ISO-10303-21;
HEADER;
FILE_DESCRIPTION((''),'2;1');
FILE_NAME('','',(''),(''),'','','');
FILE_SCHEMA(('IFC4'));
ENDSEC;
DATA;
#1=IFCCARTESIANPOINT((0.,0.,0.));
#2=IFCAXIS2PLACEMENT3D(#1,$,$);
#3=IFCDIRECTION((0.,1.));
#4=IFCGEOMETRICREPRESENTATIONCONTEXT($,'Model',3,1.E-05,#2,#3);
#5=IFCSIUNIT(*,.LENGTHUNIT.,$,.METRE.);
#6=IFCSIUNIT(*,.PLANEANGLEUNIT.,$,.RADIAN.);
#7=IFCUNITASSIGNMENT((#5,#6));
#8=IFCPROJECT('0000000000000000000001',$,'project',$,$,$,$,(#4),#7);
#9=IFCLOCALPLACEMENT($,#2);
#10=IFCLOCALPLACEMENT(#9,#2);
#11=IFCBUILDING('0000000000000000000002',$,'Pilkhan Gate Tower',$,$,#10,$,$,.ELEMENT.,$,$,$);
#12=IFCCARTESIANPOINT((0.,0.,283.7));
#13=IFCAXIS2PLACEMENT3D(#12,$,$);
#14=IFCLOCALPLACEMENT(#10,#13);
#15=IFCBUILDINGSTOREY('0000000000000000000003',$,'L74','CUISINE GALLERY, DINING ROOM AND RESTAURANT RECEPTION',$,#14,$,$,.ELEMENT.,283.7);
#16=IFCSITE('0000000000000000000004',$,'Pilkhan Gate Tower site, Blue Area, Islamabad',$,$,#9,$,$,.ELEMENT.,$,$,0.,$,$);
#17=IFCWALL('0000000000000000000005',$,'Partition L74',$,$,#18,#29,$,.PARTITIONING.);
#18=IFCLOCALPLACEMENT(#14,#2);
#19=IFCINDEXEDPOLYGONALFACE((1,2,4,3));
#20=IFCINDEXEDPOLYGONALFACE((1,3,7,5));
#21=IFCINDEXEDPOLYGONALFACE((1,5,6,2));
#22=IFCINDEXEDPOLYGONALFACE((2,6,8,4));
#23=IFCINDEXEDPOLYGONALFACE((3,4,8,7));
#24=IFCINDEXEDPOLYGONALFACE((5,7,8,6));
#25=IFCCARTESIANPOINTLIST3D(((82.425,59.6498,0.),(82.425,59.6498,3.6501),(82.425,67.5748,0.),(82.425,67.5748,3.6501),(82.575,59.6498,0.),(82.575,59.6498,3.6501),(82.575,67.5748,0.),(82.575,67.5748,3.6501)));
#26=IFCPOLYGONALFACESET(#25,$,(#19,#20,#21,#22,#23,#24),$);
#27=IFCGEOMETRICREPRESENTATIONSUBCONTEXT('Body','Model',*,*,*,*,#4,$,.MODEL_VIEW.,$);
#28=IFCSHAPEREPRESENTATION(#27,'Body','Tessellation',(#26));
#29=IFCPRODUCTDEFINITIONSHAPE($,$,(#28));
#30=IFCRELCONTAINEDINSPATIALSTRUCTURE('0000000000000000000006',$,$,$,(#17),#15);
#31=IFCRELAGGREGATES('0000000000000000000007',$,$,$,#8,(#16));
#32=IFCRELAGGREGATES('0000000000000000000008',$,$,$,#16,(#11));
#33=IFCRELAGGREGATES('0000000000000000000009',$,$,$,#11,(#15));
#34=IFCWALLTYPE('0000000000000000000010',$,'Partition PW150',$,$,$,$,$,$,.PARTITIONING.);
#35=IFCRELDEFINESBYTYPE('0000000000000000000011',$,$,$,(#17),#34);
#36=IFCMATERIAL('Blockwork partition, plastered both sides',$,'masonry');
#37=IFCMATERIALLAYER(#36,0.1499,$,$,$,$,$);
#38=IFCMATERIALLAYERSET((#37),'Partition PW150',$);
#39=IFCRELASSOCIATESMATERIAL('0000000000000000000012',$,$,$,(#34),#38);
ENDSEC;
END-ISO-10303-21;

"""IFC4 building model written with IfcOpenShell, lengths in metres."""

from ifc_helpers import new_model, si_unit, direction, frame, frame_2d, origin, place, context, subcontext, project, spatial, rectangle, extrude, material, layer, layer_set, type_object, element, save


model = new_model("IFC4")

# Units and contexts
model_context = context("Model", 3, precision=1e-05, world=origin(), true_north=direction((0.0, 1.0)))
body_context = subcontext(model_context, "Body", "Model", "MODEL_VIEW")
ifc_project = project(units=[si_unit("LENGTHUNIT", "METRE"), si_unit("PLANEANGLEUNIT", "RADIAN")], contexts=[model_context])

# Site, building, storey
site_placement = place(None, origin())
site = spatial("IfcSite", under=ifc_project, at=site_placement, Name="Pilkhan Gate Tower site, Blue Area, Islamabad", CompositionType="ELEMENT", RefElevation=0.0)
building_placement = place(site_placement, origin())
building = spatial("IfcBuilding", under=site, at=building_placement, Name="Pilkhan Gate Tower", CompositionType="ELEMENT")
storey_placement = place(building_placement, frame((0.0, 0.0, 283.7)))
storey = spatial("IfcBuildingStorey", under=building, at=storey_placement, Name="L74", Description="CUISINE GALLERY, DINING ROOM AND RESTAURANT RECEPTION", CompositionType="ELEMENT", Elevation=283.7)

# Shared definitions
ifc_material_1 = material(Name="Blockwork partition, plastered both sides", Category="masonry")
ifc_layer_1 = layer(ifc_material_1, 0.1499)
ifc_layer_set_1 = layer_set([ifc_layer_1], Name="Partition PW150")
wall_type = type_object("IfcWallType", Name="Partition PW150", PredefinedType="PARTITIONING", material=ifc_layer_set_1)

# Wall
wall_1_placement = place(storey_placement, frame((82.5, 59.6499, 0.0), z_axis=(0.0, 0.0, 1.0), x_axis=(0.0, 1.0, 0.0)))
element("IfcWall", 1, at=wall_1_placement, inside=storey, type_object=wall_type, Name="Partition L74", PredefinedType="PARTITIONING", context=body_context, shape_type="SweptSolid", body=[
    extrude(rectangle(XDim=7.925, YDim=0.1499, at=frame_2d((3.9624, 0.0))), origin(), (0.0, 0.0, 1.0), 3.6501),
])

save(model, "model.ifc")
